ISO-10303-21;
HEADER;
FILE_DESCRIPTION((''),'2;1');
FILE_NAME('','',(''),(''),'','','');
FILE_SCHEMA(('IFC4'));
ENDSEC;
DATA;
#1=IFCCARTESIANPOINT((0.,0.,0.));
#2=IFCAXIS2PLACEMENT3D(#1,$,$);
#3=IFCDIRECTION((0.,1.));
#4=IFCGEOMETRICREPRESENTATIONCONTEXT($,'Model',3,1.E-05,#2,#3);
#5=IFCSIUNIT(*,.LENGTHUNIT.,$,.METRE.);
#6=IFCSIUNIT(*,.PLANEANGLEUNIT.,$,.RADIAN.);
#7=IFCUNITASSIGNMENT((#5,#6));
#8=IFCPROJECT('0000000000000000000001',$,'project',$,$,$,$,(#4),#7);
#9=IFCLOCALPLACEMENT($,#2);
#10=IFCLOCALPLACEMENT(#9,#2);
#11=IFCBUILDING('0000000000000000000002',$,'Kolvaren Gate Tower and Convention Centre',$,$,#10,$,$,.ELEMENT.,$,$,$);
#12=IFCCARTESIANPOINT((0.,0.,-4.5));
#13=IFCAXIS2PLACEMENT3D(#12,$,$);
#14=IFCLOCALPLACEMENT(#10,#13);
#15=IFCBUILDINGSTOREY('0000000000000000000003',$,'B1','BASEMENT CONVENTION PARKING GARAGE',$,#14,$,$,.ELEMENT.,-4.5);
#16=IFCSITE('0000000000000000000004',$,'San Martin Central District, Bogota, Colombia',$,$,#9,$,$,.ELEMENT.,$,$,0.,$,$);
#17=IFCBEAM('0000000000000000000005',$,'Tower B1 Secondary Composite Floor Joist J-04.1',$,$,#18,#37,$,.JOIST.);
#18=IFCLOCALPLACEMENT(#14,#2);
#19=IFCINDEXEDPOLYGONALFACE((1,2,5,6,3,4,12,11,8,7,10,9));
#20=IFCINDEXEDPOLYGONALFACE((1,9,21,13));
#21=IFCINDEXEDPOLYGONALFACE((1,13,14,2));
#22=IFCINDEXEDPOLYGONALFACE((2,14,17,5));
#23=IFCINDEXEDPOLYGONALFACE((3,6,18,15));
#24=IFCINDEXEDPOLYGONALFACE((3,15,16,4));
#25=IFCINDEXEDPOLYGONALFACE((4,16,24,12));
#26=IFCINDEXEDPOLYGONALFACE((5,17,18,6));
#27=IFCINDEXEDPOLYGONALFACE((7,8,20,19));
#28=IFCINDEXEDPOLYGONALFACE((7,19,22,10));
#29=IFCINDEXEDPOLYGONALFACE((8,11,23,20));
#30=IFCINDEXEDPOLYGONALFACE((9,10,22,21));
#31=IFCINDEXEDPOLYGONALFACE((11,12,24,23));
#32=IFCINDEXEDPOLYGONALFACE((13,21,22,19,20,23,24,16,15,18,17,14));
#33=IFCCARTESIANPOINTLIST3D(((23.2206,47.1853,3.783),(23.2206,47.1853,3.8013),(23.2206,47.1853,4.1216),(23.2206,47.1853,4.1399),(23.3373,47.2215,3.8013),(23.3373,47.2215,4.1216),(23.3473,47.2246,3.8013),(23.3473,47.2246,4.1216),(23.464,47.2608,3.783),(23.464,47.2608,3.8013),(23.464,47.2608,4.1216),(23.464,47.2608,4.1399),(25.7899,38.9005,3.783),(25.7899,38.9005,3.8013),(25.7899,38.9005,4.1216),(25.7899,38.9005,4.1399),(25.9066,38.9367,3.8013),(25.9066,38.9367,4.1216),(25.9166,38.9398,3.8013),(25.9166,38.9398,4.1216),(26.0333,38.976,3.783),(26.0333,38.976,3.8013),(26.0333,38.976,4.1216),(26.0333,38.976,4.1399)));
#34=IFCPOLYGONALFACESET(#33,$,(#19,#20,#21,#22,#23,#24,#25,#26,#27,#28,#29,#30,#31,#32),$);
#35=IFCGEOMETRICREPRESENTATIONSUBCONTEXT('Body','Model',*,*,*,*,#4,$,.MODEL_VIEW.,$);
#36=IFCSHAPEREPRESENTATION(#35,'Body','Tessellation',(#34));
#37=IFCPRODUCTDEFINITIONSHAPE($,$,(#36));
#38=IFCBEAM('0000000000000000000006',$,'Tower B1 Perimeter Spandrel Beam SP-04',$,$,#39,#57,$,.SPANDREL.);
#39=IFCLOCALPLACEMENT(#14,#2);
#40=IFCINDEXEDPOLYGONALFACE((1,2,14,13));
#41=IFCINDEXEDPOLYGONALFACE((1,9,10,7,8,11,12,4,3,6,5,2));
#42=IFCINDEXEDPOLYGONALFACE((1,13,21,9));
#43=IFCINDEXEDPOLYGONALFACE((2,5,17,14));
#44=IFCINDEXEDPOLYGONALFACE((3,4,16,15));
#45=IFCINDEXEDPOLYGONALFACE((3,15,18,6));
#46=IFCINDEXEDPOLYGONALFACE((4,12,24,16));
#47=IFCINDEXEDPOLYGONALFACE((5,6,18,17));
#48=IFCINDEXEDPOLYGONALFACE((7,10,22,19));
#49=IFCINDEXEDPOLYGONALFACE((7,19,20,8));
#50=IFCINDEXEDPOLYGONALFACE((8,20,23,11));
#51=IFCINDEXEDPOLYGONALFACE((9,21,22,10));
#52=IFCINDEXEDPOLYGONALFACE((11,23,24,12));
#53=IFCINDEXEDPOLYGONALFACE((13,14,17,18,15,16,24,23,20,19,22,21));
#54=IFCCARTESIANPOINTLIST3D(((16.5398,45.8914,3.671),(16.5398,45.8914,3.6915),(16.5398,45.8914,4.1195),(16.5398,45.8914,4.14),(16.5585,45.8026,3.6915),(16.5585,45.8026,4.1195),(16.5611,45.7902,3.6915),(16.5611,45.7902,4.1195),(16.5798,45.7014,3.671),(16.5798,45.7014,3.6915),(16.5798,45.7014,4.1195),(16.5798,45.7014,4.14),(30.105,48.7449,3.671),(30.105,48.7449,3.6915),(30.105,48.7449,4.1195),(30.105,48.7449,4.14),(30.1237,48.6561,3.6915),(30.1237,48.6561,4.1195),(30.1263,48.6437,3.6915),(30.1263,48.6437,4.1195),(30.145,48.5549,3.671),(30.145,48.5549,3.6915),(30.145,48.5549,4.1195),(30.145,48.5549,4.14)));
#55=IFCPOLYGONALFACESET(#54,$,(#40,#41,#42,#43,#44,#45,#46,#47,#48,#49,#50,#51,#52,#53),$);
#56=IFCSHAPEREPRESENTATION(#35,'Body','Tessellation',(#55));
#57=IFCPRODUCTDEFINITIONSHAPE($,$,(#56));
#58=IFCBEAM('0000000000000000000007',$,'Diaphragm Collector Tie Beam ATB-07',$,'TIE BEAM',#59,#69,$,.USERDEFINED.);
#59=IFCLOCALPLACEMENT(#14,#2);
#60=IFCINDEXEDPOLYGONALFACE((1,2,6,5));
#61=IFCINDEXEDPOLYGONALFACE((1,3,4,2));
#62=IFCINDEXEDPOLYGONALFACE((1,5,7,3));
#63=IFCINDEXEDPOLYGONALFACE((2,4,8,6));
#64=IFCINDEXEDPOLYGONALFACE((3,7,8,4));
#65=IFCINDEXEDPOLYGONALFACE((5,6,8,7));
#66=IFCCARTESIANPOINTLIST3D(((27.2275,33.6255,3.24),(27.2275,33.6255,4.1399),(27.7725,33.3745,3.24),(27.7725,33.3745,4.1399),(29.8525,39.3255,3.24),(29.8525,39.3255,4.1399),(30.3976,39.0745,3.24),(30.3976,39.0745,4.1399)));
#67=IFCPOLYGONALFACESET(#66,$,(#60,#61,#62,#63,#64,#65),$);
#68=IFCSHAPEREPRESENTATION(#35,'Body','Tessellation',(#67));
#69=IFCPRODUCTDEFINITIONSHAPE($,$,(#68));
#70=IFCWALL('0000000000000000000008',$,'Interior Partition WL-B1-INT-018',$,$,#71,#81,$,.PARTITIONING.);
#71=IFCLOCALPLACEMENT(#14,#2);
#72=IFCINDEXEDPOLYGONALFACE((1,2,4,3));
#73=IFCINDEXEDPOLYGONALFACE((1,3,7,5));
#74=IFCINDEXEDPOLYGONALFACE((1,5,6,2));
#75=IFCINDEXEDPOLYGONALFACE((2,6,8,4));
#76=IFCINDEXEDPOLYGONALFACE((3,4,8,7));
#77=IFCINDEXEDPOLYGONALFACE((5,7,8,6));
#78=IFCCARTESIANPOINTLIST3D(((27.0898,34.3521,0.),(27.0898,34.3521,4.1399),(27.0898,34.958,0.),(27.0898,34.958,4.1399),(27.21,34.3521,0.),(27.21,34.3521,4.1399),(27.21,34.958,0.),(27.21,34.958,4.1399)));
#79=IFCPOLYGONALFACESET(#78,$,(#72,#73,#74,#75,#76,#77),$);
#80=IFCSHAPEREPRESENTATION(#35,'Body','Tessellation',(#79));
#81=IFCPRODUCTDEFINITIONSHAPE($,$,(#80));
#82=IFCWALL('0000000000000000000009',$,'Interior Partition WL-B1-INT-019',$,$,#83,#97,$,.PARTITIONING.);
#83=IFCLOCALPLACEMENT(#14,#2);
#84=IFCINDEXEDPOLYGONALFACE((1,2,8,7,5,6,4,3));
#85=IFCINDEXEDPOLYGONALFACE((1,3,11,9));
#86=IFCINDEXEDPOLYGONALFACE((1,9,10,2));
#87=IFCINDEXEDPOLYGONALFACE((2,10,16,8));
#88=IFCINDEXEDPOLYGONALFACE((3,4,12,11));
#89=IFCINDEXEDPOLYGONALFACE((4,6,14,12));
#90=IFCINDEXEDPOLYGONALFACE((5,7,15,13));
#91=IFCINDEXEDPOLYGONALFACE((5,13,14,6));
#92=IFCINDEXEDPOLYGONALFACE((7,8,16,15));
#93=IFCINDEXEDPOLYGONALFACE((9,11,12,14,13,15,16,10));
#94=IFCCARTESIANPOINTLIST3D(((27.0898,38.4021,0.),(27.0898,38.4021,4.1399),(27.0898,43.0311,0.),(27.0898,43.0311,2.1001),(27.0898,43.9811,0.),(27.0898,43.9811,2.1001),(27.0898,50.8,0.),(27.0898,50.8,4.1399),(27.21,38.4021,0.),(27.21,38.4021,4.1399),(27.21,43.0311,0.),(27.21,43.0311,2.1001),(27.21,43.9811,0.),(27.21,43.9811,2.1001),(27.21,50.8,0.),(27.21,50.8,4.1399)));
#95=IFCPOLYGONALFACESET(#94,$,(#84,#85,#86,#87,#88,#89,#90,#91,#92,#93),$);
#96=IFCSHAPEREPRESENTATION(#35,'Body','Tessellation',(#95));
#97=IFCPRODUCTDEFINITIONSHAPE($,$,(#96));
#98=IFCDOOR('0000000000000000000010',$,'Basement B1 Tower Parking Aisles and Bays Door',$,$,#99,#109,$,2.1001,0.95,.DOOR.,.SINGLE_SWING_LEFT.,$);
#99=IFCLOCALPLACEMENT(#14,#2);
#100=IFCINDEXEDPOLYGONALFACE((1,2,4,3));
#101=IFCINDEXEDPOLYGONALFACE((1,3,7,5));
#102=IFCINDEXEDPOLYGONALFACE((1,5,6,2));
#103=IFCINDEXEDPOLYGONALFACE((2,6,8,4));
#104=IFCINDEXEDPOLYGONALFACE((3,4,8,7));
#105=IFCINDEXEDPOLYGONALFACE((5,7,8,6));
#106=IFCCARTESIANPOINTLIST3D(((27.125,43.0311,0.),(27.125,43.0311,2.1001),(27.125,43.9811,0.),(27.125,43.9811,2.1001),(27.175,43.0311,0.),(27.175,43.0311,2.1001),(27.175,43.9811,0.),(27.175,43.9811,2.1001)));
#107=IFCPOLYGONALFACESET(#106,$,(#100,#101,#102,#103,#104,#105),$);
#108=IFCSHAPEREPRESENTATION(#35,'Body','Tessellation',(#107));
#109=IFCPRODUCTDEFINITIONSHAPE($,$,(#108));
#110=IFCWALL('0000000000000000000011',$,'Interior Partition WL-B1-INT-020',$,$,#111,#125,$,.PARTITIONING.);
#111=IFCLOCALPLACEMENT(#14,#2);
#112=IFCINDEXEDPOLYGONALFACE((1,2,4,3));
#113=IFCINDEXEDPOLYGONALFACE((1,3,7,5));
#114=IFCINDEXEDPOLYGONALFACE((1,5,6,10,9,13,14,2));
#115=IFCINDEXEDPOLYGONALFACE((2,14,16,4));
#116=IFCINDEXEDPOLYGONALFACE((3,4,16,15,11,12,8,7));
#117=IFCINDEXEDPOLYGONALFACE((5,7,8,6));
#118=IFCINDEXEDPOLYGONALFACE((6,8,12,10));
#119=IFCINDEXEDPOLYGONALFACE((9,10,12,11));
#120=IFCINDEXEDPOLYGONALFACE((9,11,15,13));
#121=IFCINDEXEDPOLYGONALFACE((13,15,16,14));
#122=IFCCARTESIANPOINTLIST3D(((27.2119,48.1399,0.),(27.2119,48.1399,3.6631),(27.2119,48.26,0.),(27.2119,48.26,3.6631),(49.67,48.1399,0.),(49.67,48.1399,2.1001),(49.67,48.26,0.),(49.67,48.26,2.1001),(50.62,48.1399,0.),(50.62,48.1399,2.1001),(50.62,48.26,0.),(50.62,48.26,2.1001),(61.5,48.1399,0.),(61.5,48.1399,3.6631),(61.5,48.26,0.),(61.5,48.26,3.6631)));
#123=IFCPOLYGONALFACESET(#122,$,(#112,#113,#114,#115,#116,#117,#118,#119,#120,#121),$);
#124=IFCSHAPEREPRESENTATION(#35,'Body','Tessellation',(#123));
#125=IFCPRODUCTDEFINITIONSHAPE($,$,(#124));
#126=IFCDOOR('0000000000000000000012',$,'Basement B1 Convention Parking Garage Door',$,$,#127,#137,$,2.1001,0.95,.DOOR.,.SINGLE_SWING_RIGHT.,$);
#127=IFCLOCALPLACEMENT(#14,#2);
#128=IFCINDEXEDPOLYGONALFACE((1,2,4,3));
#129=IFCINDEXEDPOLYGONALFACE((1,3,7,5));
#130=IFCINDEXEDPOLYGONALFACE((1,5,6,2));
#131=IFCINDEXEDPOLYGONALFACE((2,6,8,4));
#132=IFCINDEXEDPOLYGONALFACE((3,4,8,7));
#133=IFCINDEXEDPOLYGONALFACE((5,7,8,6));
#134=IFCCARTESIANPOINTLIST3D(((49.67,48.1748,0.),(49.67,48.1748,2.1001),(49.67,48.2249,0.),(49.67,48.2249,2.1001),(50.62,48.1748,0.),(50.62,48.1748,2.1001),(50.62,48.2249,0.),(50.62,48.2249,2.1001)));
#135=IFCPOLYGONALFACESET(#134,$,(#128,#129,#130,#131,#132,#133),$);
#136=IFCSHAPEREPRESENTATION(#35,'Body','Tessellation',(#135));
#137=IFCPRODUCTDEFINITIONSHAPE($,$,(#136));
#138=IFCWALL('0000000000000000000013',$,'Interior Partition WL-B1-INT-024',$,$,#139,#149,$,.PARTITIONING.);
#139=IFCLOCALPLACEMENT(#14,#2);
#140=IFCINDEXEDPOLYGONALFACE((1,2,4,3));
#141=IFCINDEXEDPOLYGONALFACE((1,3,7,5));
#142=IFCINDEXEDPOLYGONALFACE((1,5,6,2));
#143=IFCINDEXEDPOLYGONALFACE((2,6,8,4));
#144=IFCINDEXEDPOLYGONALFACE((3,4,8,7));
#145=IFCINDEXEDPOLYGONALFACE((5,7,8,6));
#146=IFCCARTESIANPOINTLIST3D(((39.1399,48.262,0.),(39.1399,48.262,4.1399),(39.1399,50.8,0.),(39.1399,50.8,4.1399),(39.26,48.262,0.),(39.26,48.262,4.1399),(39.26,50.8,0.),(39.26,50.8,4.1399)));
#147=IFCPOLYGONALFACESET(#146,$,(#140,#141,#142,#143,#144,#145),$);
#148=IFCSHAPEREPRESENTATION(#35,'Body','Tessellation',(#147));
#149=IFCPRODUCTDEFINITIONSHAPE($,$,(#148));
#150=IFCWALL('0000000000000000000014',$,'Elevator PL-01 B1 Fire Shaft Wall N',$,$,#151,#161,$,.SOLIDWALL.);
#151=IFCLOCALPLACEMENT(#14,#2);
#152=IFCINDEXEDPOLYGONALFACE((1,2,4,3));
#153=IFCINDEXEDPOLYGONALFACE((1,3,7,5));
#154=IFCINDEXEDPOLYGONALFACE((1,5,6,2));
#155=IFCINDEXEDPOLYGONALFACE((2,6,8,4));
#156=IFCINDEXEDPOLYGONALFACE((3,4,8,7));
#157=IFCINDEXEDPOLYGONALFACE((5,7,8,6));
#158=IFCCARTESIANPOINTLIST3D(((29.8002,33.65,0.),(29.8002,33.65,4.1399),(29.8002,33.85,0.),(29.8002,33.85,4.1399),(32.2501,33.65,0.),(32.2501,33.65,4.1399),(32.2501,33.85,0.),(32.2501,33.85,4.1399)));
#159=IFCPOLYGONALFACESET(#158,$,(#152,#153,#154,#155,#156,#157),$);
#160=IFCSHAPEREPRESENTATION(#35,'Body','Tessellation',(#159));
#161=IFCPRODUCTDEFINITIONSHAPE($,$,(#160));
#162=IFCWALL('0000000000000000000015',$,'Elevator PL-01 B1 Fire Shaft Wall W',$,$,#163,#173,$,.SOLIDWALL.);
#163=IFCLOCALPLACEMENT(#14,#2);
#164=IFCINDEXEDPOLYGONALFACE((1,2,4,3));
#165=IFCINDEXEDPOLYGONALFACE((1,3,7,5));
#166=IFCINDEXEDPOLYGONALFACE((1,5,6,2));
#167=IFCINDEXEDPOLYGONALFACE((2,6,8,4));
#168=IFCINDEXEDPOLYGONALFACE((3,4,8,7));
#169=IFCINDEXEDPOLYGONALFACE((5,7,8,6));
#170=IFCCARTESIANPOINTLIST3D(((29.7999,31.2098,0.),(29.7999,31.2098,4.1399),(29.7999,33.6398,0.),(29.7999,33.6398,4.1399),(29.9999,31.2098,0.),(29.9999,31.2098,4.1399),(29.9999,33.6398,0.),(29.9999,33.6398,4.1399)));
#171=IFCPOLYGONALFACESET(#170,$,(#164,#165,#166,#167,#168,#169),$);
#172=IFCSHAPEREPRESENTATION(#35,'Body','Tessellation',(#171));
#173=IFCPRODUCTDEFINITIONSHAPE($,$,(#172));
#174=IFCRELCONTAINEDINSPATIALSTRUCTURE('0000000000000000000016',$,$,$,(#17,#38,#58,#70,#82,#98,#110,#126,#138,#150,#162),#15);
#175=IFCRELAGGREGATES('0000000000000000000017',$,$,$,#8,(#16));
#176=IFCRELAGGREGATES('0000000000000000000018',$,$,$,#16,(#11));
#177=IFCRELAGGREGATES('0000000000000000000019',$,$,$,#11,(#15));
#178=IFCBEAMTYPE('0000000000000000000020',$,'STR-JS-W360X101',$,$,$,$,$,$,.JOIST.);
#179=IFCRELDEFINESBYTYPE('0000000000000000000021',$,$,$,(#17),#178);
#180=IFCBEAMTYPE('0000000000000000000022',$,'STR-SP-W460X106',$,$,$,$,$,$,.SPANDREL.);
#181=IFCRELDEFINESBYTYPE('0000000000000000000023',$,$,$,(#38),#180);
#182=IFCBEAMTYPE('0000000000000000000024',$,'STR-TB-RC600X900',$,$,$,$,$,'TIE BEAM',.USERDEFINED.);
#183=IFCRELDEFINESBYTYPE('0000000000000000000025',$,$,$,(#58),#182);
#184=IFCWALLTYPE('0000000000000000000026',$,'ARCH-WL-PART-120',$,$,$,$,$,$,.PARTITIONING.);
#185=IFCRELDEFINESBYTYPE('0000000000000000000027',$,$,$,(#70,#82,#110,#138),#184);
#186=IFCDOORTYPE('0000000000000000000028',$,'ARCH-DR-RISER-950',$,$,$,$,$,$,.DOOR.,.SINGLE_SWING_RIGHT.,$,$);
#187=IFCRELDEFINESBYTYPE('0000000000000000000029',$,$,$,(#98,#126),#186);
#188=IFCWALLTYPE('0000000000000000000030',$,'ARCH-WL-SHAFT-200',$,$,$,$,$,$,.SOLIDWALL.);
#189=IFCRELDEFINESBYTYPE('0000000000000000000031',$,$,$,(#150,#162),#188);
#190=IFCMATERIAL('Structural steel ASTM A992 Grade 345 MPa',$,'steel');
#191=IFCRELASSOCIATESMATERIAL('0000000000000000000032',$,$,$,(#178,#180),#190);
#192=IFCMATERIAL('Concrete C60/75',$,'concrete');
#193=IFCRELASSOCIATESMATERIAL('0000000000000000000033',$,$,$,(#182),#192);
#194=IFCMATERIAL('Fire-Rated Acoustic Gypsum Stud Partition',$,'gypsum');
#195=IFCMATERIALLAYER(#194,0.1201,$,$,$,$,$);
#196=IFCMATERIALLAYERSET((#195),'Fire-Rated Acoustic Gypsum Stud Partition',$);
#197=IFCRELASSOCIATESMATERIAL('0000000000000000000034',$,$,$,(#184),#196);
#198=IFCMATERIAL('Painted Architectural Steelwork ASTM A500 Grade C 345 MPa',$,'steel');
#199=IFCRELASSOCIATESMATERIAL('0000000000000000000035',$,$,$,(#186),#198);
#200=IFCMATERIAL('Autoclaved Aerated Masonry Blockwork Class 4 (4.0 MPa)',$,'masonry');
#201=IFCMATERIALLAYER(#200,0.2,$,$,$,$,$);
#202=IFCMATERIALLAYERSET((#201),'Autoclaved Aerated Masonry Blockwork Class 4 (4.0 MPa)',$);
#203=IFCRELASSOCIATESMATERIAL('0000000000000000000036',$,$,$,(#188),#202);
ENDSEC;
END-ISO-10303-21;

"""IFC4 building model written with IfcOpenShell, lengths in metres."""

from ifc_helpers import new_model, si_unit, direction, frame, frame_2d, origin, origin_2d, place, context, subcontext, project, spatial, rectangle, i_section, extrude, material, layer, layer_set, material_profile, profile_set, type_object, element, fill, save


model = new_model("IFC4")

# Units and contexts
model_context = context("Model", 3, precision=1e-05, world=origin(), true_north=direction((0.0, 1.0)))
body_context = subcontext(model_context, "Body", "Model", "MODEL_VIEW")
ifc_project = project(units=[si_unit("LENGTHUNIT", "METRE"), si_unit("PLANEANGLEUNIT", "RADIAN")], contexts=[model_context])

# Site, building, storey
site_placement = place(None, origin())
site = spatial("IfcSite", under=ifc_project, at=site_placement, Name="San Martin Central District, Bogota, Colombia", CompositionType="ELEMENT", RefElevation=0.0)
building_placement = place(site_placement, origin())
building = spatial("IfcBuilding", under=site, at=building_placement, Name="Kolvaren Gate Tower and Convention Centre", CompositionType="ELEMENT")
storey_placement = place(building_placement, frame((0.0, 0.0, -4.5)))
storey = spatial("IfcBuildingStorey", under=building, at=storey_placement, Name="B1", Description="BASEMENT CONVENTION PARKING GARAGE", CompositionType="ELEMENT", Elevation=-4.5)

# Beams
ifc_material_1 = material(Name="Structural steel ASTM A992 Grade 345 MPa", Category="steel")
ifc_material_profile_1 = material_profile(ifc_material_1, i_section(OverallWidth=0.2549, OverallDepth=0.3569, WebThickness=0.0105, FlangeThickness=0.0183, at=origin_2d()), Name="W360X101")
ifc_profile_set_1 = profile_set([ifc_material_profile_1], Name="Structural steel ASTM A992 Grade 345 MPa")
beam_type_1 = type_object("IfcBeamType", Name="STR-JS-W360X101", PredefinedType="JOIST", material=ifc_profile_set_1)
beam_1_placement = place(storey_placement, frame((25.9116, 38.9382, 3.9614), z_axis=(-0.296205, 0.955124, 0.0), x_axis=(-0.955124, -0.296205, 0.0)))
element("IfcBeam", 1, at=beam_1_placement, inside=storey, type_object=beam_type_1, Name="Tower B1 Secondary Composite Floor Joist J-04.1", PredefinedType="JOIST", context=body_context, shape_type="SweptSolid", body=[
    extrude(i_section(OverallWidth=0.2549, OverallDepth=0.3569, WebThickness=0.0105, FlangeThickness=0.0183, at=origin_2d()), origin(), (0.0, 0.0, 1.0), 8.6741),
])
ifc_material_profile_2 = material_profile(ifc_material_1, i_section(OverallWidth=0.1941, OverallDepth=0.469, WebThickness=0.0127, FlangeThickness=0.0205, at=origin_2d()), Name="W460X106")
ifc_profile_set_2 = profile_set([ifc_material_profile_2], Name="Structural steel ASTM A992 Grade 345 MPa")
beam_type_2 = type_object("IfcBeamType", Name="STR-SP-W460X106", PredefinedType="SPANDREL", material=ifc_profile_set_2)
beam_2_placement = place(storey_placement, frame((30.125, 48.6499, 3.9055), z_axis=(-0.978583, -0.205851, 0.0), x_axis=(0.205851, -0.978583, 0.0)))
element("IfcBeam", 2, at=beam_2_placement, inside=storey, type_object=beam_type_2, Name="Tower B1 Perimeter Spandrel Beam SP-04", PredefinedType="SPANDREL", context=body_context, shape_type="SweptSolid", body=[
    extrude(i_section(OverallWidth=0.1941, OverallDepth=0.469, WebThickness=0.0127, FlangeThickness=0.0205, at=origin_2d()), origin(), (0.0, 0.0, 1.0), 13.8621),
])
ifc_material_2 = material(Name="Concrete C60/75", Category="concrete")
ifc_material_profile_3 = material_profile(ifc_material_2, rectangle(XDim=0.6001, YDim=0.8999, at=origin_2d()), Name="RC-BM-600X900")
ifc_profile_set_3 = profile_set([ifc_material_profile_3], Name="Concrete C60/75")
beam_type_3 = type_object("IfcBeamType", Name="STR-TB-RC600X900", ElementType="TIE BEAM", PredefinedType="USERDEFINED", material=ifc_profile_set_3)
beam_3_placement = place(storey_placement, frame((27.5, 33.5, 3.6899), z_axis=(0.418303, 0.908308, 0.0), x_axis=(-0.908308, 0.418303, 0.0)))
element("IfcBeam", 3, at=beam_3_placement, inside=storey, type_object=beam_type_3, Name="Diaphragm Collector Tie Beam ATB-07", ObjectType="TIE BEAM", PredefinedType="USERDEFINED", context=body_context, shape_type="SweptSolid", body=[
    extrude(rectangle(XDim=0.6001, YDim=0.8999, at=origin_2d()), origin(), (0.0, 0.0, 1.0), 6.2754),
])

# Wall
ifc_material_3 = material(Name="Fire-Rated Acoustic Gypsum Stud Partition", Category="gypsum")
ifc_layer_1 = layer(ifc_material_3, 0.1201)
ifc_layer_set_1 = layer_set([ifc_layer_1], Name="Fire-Rated Acoustic Gypsum Stud Partition")
wall_type_1 = type_object("IfcWallType", Name="ARCH-WL-PART-120", PredefinedType="PARTITIONING", material=ifc_layer_set_1)
wall_1_placement = place(storey_placement, frame((27.1499, 34.3521, 0.0), z_axis=(0.0, 0.0, 1.0), x_axis=(0.0, 1.0, 0.0)))
element("IfcWall", 4, at=wall_1_placement, inside=storey, type_object=wall_type_1, Name="Interior Partition WL-B1-INT-018", PredefinedType="PARTITIONING", context=body_context, shape_type="SweptSolid", body=[
    extrude(rectangle(XDim=0.606, YDim=0.1201, at=frame_2d((0.303, 0.0))), origin(), (0.0, 0.0, 1.0), 4.1399),
])

# Walls, openings, doors
wall_2_placement = place(storey_placement, frame((27.1499, 38.4021, 0.0), z_axis=(0.0, 0.0, 1.0), x_axis=(0.0, 1.0, 0.0)))
wall_2 = element("IfcWall", 5, at=wall_2_placement, inside=storey, type_object=wall_type_1, Name="Interior Partition WL-B1-INT-019", PredefinedType="PARTITIONING", context=body_context, shape_type="SweptSolid", body=[
    extrude(rectangle(XDim=12.3979, YDim=0.1201, at=frame_2d((6.199, 0.0))), origin(), (0.0, 0.0, 1.0), 4.1399),
])
opening_1_placement = place(wall_2_placement, frame((4.6289, 0.0, 0.0)))
opening_1 = element("IfcOpeningElement", 6, at=opening_1_placement, cuts=wall_2, PredefinedType="OPENING", context=body_context, shape_type="SweptSolid", body=[
    extrude(rectangle(XDim=0.95, YDim=2.1001, at=frame_2d((0.4751, 1.05))), frame((0.0, 0.0701, 0.0), z_axis=(0.0, -1.0, 0.0), x_axis=(1.0, 0.0, 0.0)), (0.0, 0.0, 1.0), 0.1401),
])
ifc_material_4 = material(Name="Painted Architectural Steelwork ASTM A500 Grade C 345 MPa", Category="steel")
door_type_1 = type_object("IfcDoorType", Name="ARCH-DR-RISER-950", OperationType="SINGLE_SWING_RIGHT", PredefinedType="DOOR", material=ifc_material_4)
door_1_placement = place(opening_1_placement, origin())
door_1 = element("IfcDoor", 7, at=door_1_placement, inside=storey, type_object=door_type_1, Name="Basement B1 Tower Parking Aisles and Bays Door", OperationType="SINGLE_SWING_LEFT", OverallHeight=2.1001, OverallWidth=0.95, PredefinedType="DOOR", context=body_context, shape_type="SweptSolid", body=[
    extrude(rectangle(XDim=0.95, YDim=2.1001, at=frame_2d((0.4751, 1.05))), frame((0.0, 0.0249, 0.0), z_axis=(0.0, -1.0, 0.0), x_axis=(1.0, 0.0, 0.0)), (0.0, 0.0, 1.0), 0.05),
])
fill(opening_1, door_1)
wall_3_placement = place(storey_placement, frame((27.2119, 48.2, 0.0), z_axis=(0.0, 0.0, 1.0), x_axis=(1.0, 0.0, 0.0)))
wall_3 = element("IfcWall", 8, at=wall_3_placement, inside=storey, type_object=wall_type_1, Name="Interior Partition WL-B1-INT-020", PredefinedType="PARTITIONING", context=body_context, shape_type="SweptSolid", body=[
    extrude(rectangle(XDim=34.2881, YDim=0.1201, at=frame_2d((17.144, 0.0))), origin(), (0.0, 0.0, 1.0), 3.6631),
])
opening_2_placement = place(wall_3_placement, frame((22.458, 0.0, 0.0)))
opening_2 = element("IfcOpeningElement", 9, at=opening_2_placement, cuts=wall_3, PredefinedType="OPENING", context=body_context, shape_type="SweptSolid", body=[
    extrude(rectangle(XDim=0.95, YDim=2.1001, at=frame_2d((0.4751, 1.05))), frame((0.0, 0.0701, 0.0), z_axis=(0.0, -1.0, 0.0), x_axis=(1.0, 0.0, 0.0)), (0.0, 0.0, 1.0), 0.1401),
])
door_2_placement = place(opening_2_placement, origin())
door_2 = element("IfcDoor", 10, at=door_2_placement, inside=storey, type_object=door_type_1, Name="Basement B1 Convention Parking Garage Door", OperationType="SINGLE_SWING_RIGHT", OverallHeight=2.1001, OverallWidth=0.95, PredefinedType="DOOR", context=body_context, shape_type="SweptSolid", body=[
    extrude(rectangle(XDim=0.95, YDim=2.1001, at=frame_2d((0.4751, 1.05))), frame((0.0, 0.0249, 0.0), z_axis=(0.0, -1.0, 0.0), x_axis=(1.0, 0.0, 0.0)), (0.0, 0.0, 1.0), 0.05),
])
fill(opening_2, door_2)

# Walls
wall_4_placement = place(storey_placement, frame((39.2, 48.262, 0.0), z_axis=(0.0, 0.0, 1.0), x_axis=(0.0, 1.0, 0.0)))
element("IfcWall", 11, at=wall_4_placement, inside=storey, type_object=wall_type_1, Name="Interior Partition WL-B1-INT-024", PredefinedType="PARTITIONING", context=body_context, shape_type="SweptSolid", body=[
    extrude(rectangle(XDim=2.5381, YDim=0.1201, at=frame_2d((1.269, 0.0))), origin(), (0.0, 0.0, 1.0), 4.1399),
])
ifc_material_5 = material(Name="Autoclaved Aerated Masonry Blockwork Class 4 (4.0 MPa)", Category="masonry")
ifc_layer_2 = layer(ifc_material_5, 0.2)
ifc_layer_set_2 = layer_set([ifc_layer_2], Name="Autoclaved Aerated Masonry Blockwork Class 4 (4.0 MPa)")
wall_type_2 = type_object("IfcWallType", Name="ARCH-WL-SHAFT-200", PredefinedType="SOLIDWALL", material=ifc_layer_set_2)
wall_5_placement = place(storey_placement, frame((29.8, 33.75, 0.0), z_axis=(0.0, 0.0, 1.0), x_axis=(1.0, 0.0, 0.0)))
element("IfcWall", 12, at=wall_5_placement, inside=storey, type_object=wall_type_2, Name="Elevator PL-01 B1 Fire Shaft Wall N", PredefinedType="SOLIDWALL", context=body_context, shape_type="SweptSolid", body=[
    extrude(rectangle(XDim=2.45, YDim=0.2, at=frame_2d((1.2251, 0.0))), origin(), (0.0, 0.0, 1.0), 4.1399),
])
for number, where, z_axis, x_axis, name in (
    (13, (29.8999, 31.21, 0.0), (0.0, 0.0, 1.0), (0.0, 1.0, 0.0), "Elevator PL-01 B1 Fire Shaft Wall W"),
):
    element("IfcWall", number, at=place(storey_placement, frame(where, z_axis=z_axis, x_axis=x_axis)), inside=storey, type_object=wall_type_2, Name=name, PredefinedType="SOLIDWALL", context=body_context, shape_type="SweptSolid", body=[
        extrude(rectangle(XDim=2.4299, YDim=0.2, at=frame_2d((1.2148, 0.0))), origin(), (0.0, 0.0, 1.0), 4.1399),
    ])

save(model, "model.ifc")
